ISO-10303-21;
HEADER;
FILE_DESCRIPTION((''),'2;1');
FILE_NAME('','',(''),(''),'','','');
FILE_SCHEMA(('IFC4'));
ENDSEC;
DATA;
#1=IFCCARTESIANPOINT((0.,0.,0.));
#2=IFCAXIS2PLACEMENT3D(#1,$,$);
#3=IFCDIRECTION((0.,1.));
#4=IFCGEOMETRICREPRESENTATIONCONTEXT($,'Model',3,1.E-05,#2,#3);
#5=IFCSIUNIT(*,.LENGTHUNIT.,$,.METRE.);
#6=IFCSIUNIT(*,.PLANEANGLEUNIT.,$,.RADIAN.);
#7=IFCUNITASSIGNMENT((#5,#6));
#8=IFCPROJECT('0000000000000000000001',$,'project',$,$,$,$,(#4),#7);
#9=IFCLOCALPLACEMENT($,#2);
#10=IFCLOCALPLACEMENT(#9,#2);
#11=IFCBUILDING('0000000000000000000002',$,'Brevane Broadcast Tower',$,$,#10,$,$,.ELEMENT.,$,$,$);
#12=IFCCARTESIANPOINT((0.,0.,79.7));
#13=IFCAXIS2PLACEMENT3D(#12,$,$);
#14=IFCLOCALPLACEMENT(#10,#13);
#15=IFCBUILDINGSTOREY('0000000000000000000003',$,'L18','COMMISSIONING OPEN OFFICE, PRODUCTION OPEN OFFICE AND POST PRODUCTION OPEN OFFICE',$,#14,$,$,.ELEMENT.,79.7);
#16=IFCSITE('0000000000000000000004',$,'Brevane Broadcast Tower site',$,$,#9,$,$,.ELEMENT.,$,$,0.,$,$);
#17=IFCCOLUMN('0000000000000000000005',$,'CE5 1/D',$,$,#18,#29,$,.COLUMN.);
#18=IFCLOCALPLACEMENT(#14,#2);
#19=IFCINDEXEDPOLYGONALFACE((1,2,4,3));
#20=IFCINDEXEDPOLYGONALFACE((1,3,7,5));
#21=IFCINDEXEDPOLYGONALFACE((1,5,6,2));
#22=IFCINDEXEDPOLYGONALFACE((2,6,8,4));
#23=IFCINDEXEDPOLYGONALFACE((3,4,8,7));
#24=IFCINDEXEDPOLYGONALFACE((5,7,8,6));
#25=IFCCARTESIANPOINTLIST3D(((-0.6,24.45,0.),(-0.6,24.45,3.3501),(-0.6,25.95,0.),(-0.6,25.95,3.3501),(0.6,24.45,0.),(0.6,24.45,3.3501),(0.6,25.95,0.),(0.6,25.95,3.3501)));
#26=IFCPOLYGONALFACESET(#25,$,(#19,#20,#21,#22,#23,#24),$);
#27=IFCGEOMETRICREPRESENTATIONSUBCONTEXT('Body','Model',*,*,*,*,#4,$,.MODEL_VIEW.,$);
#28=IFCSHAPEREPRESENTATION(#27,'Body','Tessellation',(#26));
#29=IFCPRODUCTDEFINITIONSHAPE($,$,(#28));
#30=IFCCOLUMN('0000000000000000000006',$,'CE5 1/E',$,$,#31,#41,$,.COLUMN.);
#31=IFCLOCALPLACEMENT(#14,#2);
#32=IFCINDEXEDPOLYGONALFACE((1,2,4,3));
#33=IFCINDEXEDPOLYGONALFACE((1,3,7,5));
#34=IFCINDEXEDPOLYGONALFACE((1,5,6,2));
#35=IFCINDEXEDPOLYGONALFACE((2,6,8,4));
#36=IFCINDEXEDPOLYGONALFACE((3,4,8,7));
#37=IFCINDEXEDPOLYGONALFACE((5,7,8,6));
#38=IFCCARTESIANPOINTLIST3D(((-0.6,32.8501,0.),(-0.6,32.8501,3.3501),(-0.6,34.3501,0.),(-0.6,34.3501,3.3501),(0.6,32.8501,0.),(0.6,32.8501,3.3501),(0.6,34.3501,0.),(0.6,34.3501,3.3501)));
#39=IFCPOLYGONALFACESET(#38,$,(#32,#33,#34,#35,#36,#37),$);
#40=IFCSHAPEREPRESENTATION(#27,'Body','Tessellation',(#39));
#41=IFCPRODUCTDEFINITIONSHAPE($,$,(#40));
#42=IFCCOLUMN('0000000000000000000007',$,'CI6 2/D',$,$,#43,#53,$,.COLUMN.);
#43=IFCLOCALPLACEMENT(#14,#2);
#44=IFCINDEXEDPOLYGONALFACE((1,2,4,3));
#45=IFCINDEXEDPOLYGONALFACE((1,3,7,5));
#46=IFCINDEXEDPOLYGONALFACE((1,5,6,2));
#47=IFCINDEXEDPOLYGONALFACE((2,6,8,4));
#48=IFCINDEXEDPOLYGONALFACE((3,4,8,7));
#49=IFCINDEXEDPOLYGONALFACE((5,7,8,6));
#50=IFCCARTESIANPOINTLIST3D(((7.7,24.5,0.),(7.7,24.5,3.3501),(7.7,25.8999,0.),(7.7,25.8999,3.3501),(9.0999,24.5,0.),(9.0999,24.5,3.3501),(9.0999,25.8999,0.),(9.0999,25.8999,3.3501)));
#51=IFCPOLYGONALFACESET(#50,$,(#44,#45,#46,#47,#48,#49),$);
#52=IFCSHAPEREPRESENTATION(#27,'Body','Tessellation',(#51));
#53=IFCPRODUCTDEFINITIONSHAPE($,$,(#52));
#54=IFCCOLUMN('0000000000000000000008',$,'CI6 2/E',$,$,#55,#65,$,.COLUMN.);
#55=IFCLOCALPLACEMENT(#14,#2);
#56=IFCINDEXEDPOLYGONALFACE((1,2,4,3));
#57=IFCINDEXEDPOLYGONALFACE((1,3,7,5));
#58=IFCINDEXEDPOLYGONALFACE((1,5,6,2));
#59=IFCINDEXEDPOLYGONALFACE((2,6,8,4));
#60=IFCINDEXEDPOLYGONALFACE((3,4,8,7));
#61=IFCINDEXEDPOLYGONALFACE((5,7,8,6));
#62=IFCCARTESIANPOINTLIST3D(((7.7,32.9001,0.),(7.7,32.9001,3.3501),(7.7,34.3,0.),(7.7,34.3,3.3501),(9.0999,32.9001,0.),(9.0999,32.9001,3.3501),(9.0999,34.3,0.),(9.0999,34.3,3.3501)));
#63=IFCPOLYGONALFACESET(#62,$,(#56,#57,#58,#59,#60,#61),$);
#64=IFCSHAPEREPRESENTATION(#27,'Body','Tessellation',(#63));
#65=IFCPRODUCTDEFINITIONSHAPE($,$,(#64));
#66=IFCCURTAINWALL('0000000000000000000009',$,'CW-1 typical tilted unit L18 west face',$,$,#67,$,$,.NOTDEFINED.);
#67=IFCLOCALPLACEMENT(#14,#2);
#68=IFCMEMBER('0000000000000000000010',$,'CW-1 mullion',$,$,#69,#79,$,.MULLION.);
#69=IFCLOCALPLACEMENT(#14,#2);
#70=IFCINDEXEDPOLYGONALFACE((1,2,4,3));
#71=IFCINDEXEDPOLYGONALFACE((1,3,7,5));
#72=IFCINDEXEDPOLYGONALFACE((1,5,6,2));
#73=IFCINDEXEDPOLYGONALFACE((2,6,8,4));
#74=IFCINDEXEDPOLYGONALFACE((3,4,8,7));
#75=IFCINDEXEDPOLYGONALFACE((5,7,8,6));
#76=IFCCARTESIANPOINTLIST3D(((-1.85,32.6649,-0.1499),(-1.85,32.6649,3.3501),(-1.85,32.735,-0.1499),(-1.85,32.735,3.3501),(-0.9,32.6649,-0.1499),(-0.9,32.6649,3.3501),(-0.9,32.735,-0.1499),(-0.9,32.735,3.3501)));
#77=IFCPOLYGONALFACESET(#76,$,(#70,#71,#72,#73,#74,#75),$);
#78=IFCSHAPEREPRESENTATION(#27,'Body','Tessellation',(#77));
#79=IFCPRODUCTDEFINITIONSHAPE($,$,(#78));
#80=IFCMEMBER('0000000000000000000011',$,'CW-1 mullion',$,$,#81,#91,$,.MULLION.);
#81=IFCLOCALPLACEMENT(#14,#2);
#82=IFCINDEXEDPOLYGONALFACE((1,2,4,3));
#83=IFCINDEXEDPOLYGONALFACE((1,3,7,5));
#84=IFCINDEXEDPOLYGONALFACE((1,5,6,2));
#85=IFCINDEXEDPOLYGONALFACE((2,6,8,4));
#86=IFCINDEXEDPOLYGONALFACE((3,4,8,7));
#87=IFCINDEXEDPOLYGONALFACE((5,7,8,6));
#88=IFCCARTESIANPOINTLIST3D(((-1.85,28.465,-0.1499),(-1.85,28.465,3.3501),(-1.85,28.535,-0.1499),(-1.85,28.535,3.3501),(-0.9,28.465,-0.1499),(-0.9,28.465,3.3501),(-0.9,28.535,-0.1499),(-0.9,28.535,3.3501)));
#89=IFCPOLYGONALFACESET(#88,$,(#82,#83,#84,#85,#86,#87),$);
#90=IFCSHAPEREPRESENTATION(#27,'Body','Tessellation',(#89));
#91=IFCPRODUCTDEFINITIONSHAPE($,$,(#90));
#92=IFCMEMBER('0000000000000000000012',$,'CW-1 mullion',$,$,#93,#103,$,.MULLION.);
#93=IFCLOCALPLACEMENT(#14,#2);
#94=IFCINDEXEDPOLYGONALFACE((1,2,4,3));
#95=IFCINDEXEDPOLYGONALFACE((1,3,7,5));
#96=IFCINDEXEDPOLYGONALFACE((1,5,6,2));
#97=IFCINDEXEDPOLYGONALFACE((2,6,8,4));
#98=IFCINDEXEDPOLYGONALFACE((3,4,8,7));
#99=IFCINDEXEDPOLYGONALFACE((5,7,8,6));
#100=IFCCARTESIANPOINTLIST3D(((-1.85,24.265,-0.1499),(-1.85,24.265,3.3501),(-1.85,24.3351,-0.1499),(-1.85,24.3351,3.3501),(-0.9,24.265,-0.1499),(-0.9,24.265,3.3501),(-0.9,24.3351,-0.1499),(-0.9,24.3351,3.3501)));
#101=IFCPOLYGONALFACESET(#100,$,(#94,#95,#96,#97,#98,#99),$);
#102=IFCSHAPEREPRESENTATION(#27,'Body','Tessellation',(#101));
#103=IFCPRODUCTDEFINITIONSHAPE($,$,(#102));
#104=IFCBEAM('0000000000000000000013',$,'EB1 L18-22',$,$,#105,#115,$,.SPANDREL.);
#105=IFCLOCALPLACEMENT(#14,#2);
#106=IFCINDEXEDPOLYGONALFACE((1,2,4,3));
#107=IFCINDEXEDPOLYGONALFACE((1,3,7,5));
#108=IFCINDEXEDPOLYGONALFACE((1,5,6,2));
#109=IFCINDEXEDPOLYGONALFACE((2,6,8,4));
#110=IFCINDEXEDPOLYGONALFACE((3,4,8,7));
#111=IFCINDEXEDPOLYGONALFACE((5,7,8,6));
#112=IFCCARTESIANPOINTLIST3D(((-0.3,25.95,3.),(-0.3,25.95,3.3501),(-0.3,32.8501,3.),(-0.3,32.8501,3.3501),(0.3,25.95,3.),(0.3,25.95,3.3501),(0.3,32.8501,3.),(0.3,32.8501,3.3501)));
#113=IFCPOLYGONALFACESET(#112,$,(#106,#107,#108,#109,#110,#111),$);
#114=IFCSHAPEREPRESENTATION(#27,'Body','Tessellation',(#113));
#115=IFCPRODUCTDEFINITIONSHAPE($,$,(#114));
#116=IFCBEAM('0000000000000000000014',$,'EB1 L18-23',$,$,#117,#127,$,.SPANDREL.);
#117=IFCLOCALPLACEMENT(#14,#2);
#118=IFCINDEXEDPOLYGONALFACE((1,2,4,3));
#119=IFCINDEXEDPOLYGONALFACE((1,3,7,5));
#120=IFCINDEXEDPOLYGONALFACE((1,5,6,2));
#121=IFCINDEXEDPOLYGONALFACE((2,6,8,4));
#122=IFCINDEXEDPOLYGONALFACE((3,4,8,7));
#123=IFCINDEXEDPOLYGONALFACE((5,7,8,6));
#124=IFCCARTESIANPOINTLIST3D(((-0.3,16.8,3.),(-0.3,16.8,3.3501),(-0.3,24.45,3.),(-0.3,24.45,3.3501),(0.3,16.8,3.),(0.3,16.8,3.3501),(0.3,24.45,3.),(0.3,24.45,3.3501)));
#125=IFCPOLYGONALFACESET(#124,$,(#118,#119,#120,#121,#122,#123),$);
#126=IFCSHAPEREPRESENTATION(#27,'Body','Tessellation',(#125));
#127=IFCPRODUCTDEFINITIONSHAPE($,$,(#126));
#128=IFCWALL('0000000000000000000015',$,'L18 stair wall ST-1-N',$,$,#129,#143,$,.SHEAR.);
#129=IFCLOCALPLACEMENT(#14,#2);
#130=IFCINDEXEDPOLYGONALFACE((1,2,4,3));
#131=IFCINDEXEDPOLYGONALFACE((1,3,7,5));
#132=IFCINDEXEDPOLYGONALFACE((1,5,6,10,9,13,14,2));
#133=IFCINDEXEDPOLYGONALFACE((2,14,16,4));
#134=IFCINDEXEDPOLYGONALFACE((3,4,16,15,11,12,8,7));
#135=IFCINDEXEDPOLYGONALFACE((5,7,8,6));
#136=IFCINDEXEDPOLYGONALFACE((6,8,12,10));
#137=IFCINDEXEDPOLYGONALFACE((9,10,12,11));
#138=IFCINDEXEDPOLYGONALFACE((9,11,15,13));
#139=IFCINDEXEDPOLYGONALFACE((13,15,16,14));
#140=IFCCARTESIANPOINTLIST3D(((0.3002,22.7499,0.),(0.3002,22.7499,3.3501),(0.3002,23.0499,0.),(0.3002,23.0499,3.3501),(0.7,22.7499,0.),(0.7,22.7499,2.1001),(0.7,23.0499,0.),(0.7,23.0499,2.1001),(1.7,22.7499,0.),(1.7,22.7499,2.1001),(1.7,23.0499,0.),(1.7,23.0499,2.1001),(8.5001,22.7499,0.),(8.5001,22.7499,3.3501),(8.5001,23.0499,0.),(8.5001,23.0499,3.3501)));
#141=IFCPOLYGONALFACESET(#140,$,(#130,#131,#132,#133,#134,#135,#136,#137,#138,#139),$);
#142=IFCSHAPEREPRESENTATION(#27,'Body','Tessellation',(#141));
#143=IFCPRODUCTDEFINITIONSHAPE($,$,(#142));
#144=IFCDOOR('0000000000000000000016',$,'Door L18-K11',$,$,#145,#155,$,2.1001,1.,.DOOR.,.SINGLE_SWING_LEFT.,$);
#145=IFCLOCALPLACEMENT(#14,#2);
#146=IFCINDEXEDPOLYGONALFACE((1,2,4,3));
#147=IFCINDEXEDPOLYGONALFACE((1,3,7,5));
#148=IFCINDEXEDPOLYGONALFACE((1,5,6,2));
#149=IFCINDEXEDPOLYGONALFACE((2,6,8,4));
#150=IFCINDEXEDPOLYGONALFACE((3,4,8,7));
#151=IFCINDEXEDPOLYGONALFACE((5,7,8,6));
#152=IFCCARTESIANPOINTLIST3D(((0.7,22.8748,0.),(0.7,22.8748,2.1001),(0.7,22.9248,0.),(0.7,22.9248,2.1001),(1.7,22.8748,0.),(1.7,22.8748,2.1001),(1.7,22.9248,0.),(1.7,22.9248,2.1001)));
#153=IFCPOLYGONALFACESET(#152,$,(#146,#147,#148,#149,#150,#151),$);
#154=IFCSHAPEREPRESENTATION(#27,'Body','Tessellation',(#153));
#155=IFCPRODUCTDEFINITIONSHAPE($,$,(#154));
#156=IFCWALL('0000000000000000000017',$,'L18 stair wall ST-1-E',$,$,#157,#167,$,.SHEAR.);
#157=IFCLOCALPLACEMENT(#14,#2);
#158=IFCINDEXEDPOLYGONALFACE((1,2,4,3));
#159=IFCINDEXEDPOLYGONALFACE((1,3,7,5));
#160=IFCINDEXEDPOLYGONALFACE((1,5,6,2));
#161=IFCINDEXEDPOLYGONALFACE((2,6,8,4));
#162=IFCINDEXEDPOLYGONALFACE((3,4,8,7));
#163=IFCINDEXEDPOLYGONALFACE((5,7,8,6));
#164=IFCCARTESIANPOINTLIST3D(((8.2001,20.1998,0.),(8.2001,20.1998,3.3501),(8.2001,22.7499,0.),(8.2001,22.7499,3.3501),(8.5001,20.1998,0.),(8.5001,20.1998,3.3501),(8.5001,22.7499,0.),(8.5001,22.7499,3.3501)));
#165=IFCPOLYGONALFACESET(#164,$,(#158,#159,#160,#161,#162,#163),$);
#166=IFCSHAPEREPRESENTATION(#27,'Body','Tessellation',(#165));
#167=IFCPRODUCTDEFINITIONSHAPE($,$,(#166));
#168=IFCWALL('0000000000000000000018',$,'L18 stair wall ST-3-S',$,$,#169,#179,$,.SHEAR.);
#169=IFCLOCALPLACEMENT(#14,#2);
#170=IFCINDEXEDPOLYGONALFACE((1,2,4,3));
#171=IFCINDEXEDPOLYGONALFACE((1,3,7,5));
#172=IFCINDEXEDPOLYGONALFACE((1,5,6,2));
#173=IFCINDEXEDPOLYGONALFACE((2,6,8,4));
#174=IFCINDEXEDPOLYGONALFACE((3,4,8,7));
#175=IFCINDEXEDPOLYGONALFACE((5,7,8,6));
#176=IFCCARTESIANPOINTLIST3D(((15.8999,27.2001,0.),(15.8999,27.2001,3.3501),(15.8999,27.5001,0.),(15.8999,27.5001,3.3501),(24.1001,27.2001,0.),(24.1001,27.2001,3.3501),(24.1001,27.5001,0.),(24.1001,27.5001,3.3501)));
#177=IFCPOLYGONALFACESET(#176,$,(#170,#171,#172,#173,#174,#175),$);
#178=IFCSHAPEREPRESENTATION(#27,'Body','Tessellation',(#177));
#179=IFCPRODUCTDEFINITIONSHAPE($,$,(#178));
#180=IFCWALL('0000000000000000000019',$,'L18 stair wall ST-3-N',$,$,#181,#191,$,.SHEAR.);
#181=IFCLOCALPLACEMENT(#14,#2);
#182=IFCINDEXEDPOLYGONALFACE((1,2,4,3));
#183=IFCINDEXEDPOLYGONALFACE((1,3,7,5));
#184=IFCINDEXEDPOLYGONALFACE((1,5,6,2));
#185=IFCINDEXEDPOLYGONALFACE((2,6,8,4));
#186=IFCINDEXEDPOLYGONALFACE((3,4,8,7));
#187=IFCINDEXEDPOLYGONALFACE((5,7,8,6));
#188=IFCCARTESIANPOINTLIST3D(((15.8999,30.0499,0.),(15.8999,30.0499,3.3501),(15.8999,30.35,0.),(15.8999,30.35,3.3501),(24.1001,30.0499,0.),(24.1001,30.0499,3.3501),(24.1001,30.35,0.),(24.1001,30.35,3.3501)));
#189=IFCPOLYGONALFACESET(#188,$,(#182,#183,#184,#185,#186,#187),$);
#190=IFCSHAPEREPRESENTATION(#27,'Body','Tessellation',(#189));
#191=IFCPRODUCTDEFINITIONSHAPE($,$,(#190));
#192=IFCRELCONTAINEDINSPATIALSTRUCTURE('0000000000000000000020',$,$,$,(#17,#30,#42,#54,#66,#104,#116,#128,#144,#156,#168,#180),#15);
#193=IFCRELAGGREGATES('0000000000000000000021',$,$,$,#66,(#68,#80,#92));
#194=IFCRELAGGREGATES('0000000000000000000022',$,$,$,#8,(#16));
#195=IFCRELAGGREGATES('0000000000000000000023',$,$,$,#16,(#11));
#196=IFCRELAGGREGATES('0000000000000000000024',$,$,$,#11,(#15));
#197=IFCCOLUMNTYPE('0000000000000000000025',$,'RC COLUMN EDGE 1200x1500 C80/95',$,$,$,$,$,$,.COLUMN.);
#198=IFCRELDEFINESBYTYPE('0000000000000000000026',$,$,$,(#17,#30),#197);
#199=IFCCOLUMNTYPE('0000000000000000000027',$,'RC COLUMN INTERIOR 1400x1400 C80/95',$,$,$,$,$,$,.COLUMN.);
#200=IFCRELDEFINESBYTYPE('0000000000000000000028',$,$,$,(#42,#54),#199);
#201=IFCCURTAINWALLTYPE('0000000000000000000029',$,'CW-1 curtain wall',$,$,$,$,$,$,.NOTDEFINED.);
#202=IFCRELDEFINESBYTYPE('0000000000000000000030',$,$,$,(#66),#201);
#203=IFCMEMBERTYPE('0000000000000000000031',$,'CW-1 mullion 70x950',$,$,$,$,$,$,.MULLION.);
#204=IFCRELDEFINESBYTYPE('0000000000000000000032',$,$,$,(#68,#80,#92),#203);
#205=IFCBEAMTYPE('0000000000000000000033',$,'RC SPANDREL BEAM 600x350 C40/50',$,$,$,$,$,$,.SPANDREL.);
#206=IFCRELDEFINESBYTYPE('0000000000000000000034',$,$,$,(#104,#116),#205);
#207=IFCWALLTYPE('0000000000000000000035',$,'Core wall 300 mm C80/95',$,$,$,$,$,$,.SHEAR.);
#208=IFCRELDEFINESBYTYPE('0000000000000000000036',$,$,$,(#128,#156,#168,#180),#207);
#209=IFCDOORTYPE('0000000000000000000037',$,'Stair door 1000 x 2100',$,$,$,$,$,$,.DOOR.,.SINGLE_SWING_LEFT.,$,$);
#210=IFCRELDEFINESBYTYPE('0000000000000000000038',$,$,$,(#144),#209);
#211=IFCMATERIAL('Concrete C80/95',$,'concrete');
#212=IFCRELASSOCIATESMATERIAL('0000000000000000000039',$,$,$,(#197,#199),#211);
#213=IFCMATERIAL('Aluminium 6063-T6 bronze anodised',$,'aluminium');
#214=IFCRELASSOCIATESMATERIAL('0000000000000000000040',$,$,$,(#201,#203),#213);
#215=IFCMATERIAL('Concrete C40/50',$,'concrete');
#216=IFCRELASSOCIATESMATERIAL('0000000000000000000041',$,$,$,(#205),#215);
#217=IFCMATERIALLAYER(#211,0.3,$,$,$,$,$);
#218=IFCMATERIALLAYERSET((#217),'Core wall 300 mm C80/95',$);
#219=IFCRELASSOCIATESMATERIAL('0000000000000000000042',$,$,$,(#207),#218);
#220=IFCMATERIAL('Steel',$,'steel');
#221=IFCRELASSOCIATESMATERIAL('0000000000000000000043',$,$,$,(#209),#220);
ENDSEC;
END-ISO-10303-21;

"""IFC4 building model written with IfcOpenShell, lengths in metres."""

from ifc_helpers import new_model, si_unit, direction, frame, frame_2d, origin, origin_2d, place, context, subcontext, project, spatial, rectangle, extrude, material, layer, layer_set, material_profile, profile_set, type_object, element, fill, aggregate, save


model = new_model("IFC4")

# Units and contexts
model_context = context("Model", 3, precision=1e-05, world=origin(), true_north=direction((0.0, 1.0)))
body_context = subcontext(model_context, "Body", "Model", "MODEL_VIEW")
ifc_project = project(units=[si_unit("LENGTHUNIT", "METRE"), si_unit("PLANEANGLEUNIT", "RADIAN")], contexts=[model_context])

# Site, building, storey
site_placement = place(None, origin())
site = spatial("IfcSite", under=ifc_project, at=site_placement, Name="Brevane Broadcast Tower site", CompositionType="ELEMENT", RefElevation=0.0)
building_placement = place(site_placement, origin())
building = spatial("IfcBuilding", under=site, at=building_placement, Name="Brevane Broadcast Tower", CompositionType="ELEMENT")
storey_placement = place(building_placement, frame((0.0, 0.0, 79.7)))
storey = spatial("IfcBuildingStorey", under=building, at=storey_placement, Name="L18", Description="COMMISSIONING OPEN OFFICE, PRODUCTION OPEN OFFICE AND POST PRODUCTION OPEN OFFICE", CompositionType="ELEMENT", Elevation=79.7)

# Columns
ifc_material_1 = material(Name="Concrete C80/95", Category="concrete")
ifc_material_profile_1 = material_profile(ifc_material_1, rectangle(XDim=1.2, YDim=1.5, at=origin_2d()), Name="RC 1200x1500")
ifc_profile_set_1 = profile_set([ifc_material_profile_1], Name="Concrete C80/95")
column_type_1 = type_object("IfcColumnType", Name="RC COLUMN EDGE 1200x1500 C80/95", PredefinedType="COLUMN", material=ifc_profile_set_1)
for number, where, z_axis, x_axis, name in (
    (1, (0.0, 25.2, 0.0), (0.0, 0.0, 1.0), (1.0, 0.0, 0.0), "CE5 1/D"),
    (2, (0.0, 33.6001, 0.0), (0.0, 0.0, 1.0), (1.0, 0.0, 0.0), "CE5 1/E"),
):
    element("IfcColumn", number, at=place(storey_placement, frame(where, z_axis=z_axis, x_axis=x_axis)), inside=storey, type_object=column_type_1, Name=name, PredefinedType="COLUMN", context=body_context, shape_type="SweptSolid", body=[
        extrude(rectangle(XDim=1.2, YDim=1.5, at=origin_2d()), origin(), (0.0, 0.0, 1.0), 3.3501),
    ])
ifc_material_profile_2 = material_profile(ifc_material_1, rectangle(XDim=1.3999, YDim=1.3999, at=origin_2d()), Name="RC 1400x1400")
ifc_profile_set_2 = profile_set([ifc_material_profile_2], Name="Concrete C80/95")
column_type_2 = type_object("IfcColumnType", Name="RC COLUMN INTERIOR 1400x1400 C80/95", PredefinedType="COLUMN", material=ifc_profile_set_2)
for number, where, z_axis, x_axis, name in (
    (3, (8.3999, 25.2, 0.0), (0.0, 0.0, 1.0), (1.0, 0.0, 0.0), "CI6 2/D"),
    (4, (8.3999, 33.6001, 0.0), (0.0, 0.0, 1.0), (1.0, 0.0, 0.0), "CI6 2/E"),
):
    element("IfcColumn", number, at=place(storey_placement, frame(where, z_axis=z_axis, x_axis=x_axis)), inside=storey, type_object=column_type_2, Name=name, PredefinedType="COLUMN", context=body_context, shape_type="SweptSolid", body=[
        extrude(rectangle(XDim=1.3999, YDim=1.3999, at=origin_2d()), origin(), (0.0, 0.0, 1.0), 3.3501),
    ])

# Curtain wall, members
ifc_material_2 = material(Name="Aluminium 6063-T6 bronze anodised", Category="aluminium")
curtain_wall_type = type_object("IfcCurtainWallType", Name="CW-1 curtain wall", PredefinedType="NOTDEFINED", material=ifc_material_2)
curtain_wall_placement = place(storey_placement, origin())
curtain_wall = element("IfcCurtainWall", 5, at=curtain_wall_placement, inside=storey, type_object=curtain_wall_type, Name="CW-1 typical tilted unit L18 west face", PredefinedType="NOTDEFINED")
ifc_material_profile_3 = material_profile(ifc_material_2, rectangle(XDim=0.95, YDim=0.0701, at=origin_2d()), Name="RECT 70x950")
ifc_profile_set_3 = profile_set([ifc_material_profile_3], Name="Aluminium 6063-T6 bronze anodised")
member_type = type_object("IfcMemberType", Name="CW-1 mullion 70x950", PredefinedType="MULLION", material=ifc_profile_set_3)
member_1_placement = place(storey_placement, frame((-1.375, 32.7, -0.1499), z_axis=(0.0, 0.0, 1.0), x_axis=(1.0, 0.0, 0.0)))
member_1 = element("IfcMember", 6, at=member_1_placement, type_object=member_type, Name="CW-1 mullion", PredefinedType="MULLION", context=body_context, shape_type="SweptSolid", body=[
    extrude(rectangle(XDim=0.95, YDim=0.0701, at=origin_2d()), origin(), (0.0, 0.0, 1.0), 3.5),
])
member_2_placement = place(storey_placement, frame((-1.375, 28.5, -0.1499), z_axis=(0.0, 0.0, 1.0), x_axis=(1.0, 0.0, 0.0)))
member_2 = element("IfcMember", 7, at=member_2_placement, type_object=member_type, Name="CW-1 mullion", PredefinedType="MULLION", context=body_context, shape_type="SweptSolid", body=[
    extrude(rectangle(XDim=0.95, YDim=0.0701, at=origin_2d()), origin(), (0.0, 0.0, 1.0), 3.5),
])
member_3_placement = place(storey_placement, frame((-1.375, 24.3, -0.1499), z_axis=(0.0, 0.0, 1.0), x_axis=(1.0, 0.0, 0.0)))
member_3 = element("IfcMember", 8, at=member_3_placement, type_object=member_type, Name="CW-1 mullion", PredefinedType="MULLION", context=body_context, shape_type="SweptSolid", body=[
    extrude(rectangle(XDim=0.95, YDim=0.0701, at=origin_2d()), origin(), (0.0, 0.0, 1.0), 3.5),
])
aggregate(curtain_wall, [member_1, member_2, member_3])

# Beams
ifc_material_3 = material(Name="Concrete C40/50", Category="concrete")
ifc_material_profile_4 = material_profile(ifc_material_3, rectangle(XDim=0.6001, YDim=0.3501, at=origin_2d()), Name="RC 600x350")
ifc_profile_set_4 = profile_set([ifc_material_profile_4], Name="Concrete C40/50")
beam_type = type_object("IfcBeamType", Name="RC SPANDREL BEAM 600x350 C40/50", PredefinedType="SPANDREL", material=ifc_profile_set_4)
beam_1_placement = place(storey_placement, frame((0.0, 32.8501, 3.175), z_axis=(0.0, -1.0, 0.0), x_axis=(1.0, 0.0, 0.0)))
element("IfcBeam", 9, at=beam_1_placement, inside=storey, type_object=beam_type, Name="EB1 L18-22", PredefinedType="SPANDREL", context=body_context, shape_type="SweptSolid", body=[
    extrude(rectangle(XDim=0.6001, YDim=0.3501, at=origin_2d()), origin(), (0.0, 0.0, 1.0), 6.9001),
])
beam_2_placement = place(storey_placement, frame((0.0, 24.45, 3.175), z_axis=(0.0, -1.0, 0.0), x_axis=(1.0, 0.0, 0.0)))
element("IfcBeam", 10, at=beam_2_placement, inside=storey, type_object=beam_type, Name="EB1 L18-23", PredefinedType="SPANDREL", context=body_context, shape_type="SweptSolid", body=[
    extrude(rectangle(XDim=0.6001, YDim=0.3501, at=origin_2d()), origin(), (0.0, 0.0, 1.0), 7.6499),
])

# Wall, opening, door
ifc_layer_1 = layer(ifc_material_1, 0.3)
ifc_layer_set_1 = layer_set([ifc_layer_1], Name="Core wall 300 mm C80/95")
wall_type_1 = type_object("IfcWallType", Name="Core wall 300 mm C80/95", PredefinedType="SHEAR", material=ifc_layer_set_1)
wall_1_placement = place(storey_placement, frame((0.3, 22.8999, 0.0), z_axis=(0.0, 0.0, 1.0), x_axis=(1.0, 0.0, 0.0)))
wall_1 = element("IfcWall", 11, at=wall_1_placement, inside=storey, type_object=wall_type_1, Name="L18 stair wall ST-1-N", PredefinedType="SHEAR", context=body_context, shape_type="SweptSolid", body=[
    extrude(rectangle(XDim=8.2, YDim=0.3, at=frame_2d((4.1001, 0.0))), origin(), (0.0, 0.0, 1.0), 3.3501),
])
opening_1_placement = place(wall_1_placement, frame((0.3999, 0.0, 0.0)))
opening_1 = element("IfcOpeningElement", 12, at=opening_1_placement, cuts=wall_1, PredefinedType="OPENING", context=body_context, shape_type="SweptSolid", body=[
    extrude(rectangle(XDim=1.0, YDim=2.1001, at=frame_2d((0.5, 1.05))), frame((0.0, 0.1599, 0.0), z_axis=(0.0, -1.0, 0.0), x_axis=(1.0, 0.0, 0.0)), (0.0, 0.0, 1.0), 0.3201),
])
ifc_material_4 = material(Name="Steel", Category="steel")
door_type_1 = type_object("IfcDoorType", Name="Stair door 1000 x 2100", OperationType="SINGLE_SWING_LEFT", PredefinedType="DOOR", material=ifc_material_4)
door_1_placement = place(opening_1_placement, origin())
door_1 = element("IfcDoor", 13, at=door_1_placement, inside=storey, type_object=door_type_1, Name="Door L18-K11", OperationType="SINGLE_SWING_LEFT", OverallHeight=2.1001, OverallWidth=1.0, PredefinedType="DOOR", context=body_context, shape_type="SweptSolid", body=[
    extrude(rectangle(XDim=1.0, YDim=2.1001, at=frame_2d((0.5, 1.05))), frame((0.0, 0.0249, 0.0), z_axis=(0.0, -1.0, 0.0), x_axis=(1.0, 0.0, 0.0)), (0.0, 0.0, 1.0), 0.05),
])
fill(opening_1, door_1)

# Walls
wall_2_placement = place(storey_placement, frame((8.3501, 20.2, 0.0), z_axis=(0.0, 0.0, 1.0), x_axis=(0.0, 1.0, 0.0)))
element("IfcWall", 14, at=wall_2_placement, inside=storey, type_object=wall_type_1, Name="L18 stair wall ST-1-E", PredefinedType="SHEAR", context=body_context, shape_type="SweptSolid", body=[
    extrude(rectangle(XDim=2.55, YDim=0.3, at=frame_2d((1.2749, 0.0))), origin(), (0.0, 0.0, 1.0), 3.3501),
])
for number, where, z_axis, x_axis, name in (
    (15, (15.8999, 27.3501, 0.0), (0.0, 0.0, 1.0), (1.0, 0.0, 0.0), "L18 stair wall ST-3-S"),
    (16, (15.8999, 30.2, 0.0), (0.0, 0.0, 1.0), (1.0, 0.0, 0.0), "L18 stair wall ST-3-N"),
):
    element("IfcWall", number, at=place(storey_placement, frame(where, z_axis=z_axis, x_axis=x_axis)), inside=storey, type_object=wall_type_1, Name=name, PredefinedType="SHEAR", context=body_context, shape_type="SweptSolid", body=[
        extrude(rectangle(XDim=8.2002, YDim=0.3, at=frame_2d((4.1001, 0.0))), origin(), (0.0, 0.0, 1.0), 3.3501),
    ])

save(model, "model.ifc")
